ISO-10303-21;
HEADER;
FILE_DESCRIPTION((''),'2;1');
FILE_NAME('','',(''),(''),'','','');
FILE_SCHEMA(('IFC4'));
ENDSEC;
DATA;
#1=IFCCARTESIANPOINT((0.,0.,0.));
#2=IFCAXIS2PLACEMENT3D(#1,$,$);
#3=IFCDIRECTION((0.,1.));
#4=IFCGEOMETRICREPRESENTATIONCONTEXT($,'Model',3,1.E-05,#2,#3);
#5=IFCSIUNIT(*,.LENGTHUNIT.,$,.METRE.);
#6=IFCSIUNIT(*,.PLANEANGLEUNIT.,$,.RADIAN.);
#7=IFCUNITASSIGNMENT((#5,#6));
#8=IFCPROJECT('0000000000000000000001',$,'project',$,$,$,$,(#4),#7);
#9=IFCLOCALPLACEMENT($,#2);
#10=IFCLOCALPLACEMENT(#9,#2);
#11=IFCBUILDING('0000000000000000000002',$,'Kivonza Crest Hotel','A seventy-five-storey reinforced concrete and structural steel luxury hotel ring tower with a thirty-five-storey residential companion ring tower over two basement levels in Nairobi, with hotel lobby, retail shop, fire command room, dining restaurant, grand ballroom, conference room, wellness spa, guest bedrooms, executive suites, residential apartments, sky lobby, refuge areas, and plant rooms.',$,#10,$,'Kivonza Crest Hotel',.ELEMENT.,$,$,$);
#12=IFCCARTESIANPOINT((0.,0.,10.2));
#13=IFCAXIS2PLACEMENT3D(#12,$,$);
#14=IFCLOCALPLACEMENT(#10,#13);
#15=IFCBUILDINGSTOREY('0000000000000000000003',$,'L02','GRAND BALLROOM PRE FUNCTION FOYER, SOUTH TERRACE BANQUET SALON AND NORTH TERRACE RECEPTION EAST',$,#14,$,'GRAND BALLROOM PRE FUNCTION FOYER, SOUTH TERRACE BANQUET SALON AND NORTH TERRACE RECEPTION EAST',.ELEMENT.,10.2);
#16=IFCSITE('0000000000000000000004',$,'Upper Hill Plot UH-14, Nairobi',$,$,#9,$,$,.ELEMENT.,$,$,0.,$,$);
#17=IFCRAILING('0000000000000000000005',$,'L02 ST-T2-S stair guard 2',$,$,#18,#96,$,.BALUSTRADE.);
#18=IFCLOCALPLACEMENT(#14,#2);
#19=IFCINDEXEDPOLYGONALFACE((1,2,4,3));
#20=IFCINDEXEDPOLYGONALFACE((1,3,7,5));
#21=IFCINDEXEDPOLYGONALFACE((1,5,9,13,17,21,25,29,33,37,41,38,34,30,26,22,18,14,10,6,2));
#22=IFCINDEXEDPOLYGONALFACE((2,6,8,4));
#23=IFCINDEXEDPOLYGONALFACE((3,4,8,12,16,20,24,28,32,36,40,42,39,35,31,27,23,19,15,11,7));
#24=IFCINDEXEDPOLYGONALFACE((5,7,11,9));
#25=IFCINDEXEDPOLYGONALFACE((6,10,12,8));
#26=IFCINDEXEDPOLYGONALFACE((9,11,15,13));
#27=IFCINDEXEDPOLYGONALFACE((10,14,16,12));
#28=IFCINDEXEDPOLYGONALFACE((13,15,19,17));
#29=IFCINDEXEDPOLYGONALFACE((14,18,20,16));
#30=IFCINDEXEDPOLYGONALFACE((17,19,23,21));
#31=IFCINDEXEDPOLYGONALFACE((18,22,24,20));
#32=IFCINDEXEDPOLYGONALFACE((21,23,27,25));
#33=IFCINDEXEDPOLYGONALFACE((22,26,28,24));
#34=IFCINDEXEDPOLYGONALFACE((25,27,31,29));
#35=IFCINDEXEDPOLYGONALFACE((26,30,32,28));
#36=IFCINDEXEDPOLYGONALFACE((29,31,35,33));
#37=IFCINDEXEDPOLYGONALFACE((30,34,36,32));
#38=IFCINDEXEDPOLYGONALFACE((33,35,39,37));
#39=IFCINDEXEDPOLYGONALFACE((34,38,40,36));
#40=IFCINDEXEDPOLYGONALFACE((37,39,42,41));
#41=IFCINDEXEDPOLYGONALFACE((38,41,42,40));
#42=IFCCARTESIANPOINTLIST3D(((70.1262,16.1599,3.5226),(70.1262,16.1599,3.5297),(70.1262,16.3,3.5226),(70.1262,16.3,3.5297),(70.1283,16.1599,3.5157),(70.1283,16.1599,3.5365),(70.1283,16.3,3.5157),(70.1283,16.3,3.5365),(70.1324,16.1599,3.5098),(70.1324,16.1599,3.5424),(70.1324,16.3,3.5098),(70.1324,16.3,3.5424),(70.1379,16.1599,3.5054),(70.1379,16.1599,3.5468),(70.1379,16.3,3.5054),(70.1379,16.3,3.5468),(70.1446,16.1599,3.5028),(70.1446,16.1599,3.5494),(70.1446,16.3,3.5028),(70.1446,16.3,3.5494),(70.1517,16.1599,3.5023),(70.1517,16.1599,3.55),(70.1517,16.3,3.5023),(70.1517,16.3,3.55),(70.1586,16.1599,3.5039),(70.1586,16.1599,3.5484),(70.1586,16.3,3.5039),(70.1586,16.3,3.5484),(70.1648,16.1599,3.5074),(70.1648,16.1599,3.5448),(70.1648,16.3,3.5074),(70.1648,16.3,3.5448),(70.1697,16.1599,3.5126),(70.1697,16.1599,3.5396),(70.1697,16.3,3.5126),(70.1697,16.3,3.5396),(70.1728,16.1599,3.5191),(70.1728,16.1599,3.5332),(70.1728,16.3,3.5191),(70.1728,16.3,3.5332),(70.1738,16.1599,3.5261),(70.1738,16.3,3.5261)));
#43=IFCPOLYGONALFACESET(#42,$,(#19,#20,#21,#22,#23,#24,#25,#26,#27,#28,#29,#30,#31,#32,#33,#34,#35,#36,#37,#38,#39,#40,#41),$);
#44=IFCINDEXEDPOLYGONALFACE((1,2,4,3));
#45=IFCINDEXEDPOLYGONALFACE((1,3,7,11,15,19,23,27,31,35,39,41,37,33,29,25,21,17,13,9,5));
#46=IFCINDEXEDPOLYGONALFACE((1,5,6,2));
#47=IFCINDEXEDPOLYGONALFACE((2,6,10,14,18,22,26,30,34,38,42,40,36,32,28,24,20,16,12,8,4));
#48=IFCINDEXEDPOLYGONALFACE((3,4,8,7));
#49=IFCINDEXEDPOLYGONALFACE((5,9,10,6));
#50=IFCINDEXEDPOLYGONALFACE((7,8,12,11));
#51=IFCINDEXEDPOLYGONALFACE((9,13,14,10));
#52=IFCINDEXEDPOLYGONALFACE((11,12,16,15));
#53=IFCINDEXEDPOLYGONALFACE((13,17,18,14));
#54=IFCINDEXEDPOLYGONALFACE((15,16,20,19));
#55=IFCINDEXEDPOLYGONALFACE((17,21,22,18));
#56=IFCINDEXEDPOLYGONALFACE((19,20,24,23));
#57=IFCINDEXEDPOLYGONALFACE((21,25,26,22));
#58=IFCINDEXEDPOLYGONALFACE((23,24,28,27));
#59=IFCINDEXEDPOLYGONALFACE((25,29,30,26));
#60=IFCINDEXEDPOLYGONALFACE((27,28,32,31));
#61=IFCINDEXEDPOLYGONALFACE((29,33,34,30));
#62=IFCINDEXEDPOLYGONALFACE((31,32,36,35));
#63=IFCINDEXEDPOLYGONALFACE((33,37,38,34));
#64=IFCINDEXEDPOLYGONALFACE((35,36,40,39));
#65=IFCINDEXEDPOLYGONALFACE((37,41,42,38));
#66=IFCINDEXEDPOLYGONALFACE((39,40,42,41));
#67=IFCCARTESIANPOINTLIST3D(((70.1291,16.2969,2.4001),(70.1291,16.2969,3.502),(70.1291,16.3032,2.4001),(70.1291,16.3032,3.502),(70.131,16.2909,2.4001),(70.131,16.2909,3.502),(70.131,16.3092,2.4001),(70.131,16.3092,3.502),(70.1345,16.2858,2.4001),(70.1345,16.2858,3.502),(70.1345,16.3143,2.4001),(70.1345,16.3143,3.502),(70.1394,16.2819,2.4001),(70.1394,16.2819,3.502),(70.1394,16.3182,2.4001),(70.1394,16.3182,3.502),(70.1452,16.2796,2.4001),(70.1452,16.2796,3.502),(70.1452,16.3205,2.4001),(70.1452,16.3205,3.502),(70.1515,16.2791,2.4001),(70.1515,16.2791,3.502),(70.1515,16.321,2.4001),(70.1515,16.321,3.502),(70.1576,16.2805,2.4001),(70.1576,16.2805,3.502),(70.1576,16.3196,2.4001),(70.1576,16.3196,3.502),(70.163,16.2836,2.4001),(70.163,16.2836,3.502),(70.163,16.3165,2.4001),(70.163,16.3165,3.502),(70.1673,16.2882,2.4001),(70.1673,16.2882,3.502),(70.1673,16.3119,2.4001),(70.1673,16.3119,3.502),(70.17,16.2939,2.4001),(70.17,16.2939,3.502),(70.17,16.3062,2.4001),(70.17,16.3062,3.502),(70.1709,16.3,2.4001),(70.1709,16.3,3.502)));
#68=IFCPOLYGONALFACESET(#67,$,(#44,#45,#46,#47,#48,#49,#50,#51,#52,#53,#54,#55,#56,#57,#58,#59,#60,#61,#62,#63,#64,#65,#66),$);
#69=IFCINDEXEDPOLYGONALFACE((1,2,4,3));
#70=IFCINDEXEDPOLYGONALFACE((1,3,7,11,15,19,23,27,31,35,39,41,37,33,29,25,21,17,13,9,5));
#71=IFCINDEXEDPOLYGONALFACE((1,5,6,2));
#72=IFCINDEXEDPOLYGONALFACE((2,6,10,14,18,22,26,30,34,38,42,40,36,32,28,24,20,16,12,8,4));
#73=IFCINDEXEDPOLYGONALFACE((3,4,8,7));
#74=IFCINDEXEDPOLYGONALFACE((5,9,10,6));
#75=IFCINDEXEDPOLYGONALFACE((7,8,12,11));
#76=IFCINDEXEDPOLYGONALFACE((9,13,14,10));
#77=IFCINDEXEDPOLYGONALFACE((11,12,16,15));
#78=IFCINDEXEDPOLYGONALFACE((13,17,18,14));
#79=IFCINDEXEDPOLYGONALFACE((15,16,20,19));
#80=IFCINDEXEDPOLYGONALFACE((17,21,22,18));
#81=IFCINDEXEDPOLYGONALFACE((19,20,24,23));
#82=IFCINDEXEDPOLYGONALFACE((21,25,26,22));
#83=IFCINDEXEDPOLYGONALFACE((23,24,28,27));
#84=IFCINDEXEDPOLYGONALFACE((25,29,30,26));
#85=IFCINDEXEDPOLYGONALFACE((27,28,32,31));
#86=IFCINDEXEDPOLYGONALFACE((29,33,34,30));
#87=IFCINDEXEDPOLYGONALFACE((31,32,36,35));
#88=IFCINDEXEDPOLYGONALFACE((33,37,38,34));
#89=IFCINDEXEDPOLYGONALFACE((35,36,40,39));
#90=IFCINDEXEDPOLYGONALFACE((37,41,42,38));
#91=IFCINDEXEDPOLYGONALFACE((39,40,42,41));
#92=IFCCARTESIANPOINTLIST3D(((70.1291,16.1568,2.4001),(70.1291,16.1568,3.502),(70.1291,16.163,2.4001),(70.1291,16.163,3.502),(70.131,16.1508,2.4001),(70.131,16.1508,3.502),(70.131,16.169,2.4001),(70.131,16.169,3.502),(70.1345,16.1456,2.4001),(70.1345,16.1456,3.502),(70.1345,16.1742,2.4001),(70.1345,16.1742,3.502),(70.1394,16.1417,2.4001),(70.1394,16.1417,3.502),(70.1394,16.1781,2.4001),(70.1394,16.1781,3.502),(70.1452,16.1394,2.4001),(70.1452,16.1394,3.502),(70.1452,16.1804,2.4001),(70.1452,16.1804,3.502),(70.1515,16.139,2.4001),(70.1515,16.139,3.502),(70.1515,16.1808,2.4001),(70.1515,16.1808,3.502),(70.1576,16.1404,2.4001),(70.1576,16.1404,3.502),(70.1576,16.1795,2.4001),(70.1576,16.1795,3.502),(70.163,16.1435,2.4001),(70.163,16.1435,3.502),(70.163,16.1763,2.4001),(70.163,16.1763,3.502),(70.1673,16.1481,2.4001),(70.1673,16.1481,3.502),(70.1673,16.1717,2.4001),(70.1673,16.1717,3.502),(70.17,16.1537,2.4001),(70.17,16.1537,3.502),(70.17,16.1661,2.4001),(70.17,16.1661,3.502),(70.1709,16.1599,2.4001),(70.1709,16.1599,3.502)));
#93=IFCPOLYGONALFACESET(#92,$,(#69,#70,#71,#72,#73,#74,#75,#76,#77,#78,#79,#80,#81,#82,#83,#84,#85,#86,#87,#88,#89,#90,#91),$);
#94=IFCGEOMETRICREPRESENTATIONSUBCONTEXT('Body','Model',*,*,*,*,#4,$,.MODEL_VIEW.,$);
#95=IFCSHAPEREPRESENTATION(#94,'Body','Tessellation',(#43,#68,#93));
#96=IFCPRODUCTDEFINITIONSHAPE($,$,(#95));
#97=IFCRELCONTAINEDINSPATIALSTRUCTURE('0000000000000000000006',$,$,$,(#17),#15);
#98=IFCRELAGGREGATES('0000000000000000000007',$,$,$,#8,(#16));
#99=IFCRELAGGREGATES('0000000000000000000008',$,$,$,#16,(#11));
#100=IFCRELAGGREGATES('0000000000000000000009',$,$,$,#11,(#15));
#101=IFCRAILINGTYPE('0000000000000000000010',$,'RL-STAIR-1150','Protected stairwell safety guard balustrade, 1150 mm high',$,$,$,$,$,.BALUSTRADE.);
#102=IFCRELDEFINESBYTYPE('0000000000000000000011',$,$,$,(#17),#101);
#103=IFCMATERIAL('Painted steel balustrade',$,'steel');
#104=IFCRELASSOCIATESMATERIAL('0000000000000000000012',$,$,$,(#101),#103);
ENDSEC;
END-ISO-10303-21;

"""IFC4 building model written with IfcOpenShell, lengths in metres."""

from ifc_helpers import new_model, si_unit, direction, frame, origin, origin_2d, place, context, subcontext, project, spatial, circle, extrude, material, type_object, element, save


model = new_model("IFC4")

# Units and contexts
model_context = context("Model", 3, precision=1e-05, world=origin(), true_north=direction((0.0, 1.0)))
body_context = subcontext(model_context, "Body", "Model", "MODEL_VIEW")
ifc_project = project(units=[si_unit("LENGTHUNIT", "METRE"), si_unit("PLANEANGLEUNIT", "RADIAN")], contexts=[model_context])

# Site, building, storey
site_placement = place(None, origin())
site = spatial("IfcSite", under=ifc_project, at=site_placement, Name="Upper Hill Plot UH-14, Nairobi", CompositionType="ELEMENT", RefElevation=0.0)
building_placement = place(site_placement, origin())
building = spatial("IfcBuilding", under=site, at=building_placement, Name="Kivonza Crest Hotel", Description="A seventy-five-storey reinforced concrete and structural steel luxury hotel ring tower with a thirty-five-storey residential companion ring tower over two basement levels in Nairobi, with hotel lobby, retail shop, fire command room, dining restaurant, grand ballroom, conference room, wellness spa, guest bedrooms, executive suites, residential apartments, sky lobby, refuge areas, and plant rooms.", LongName="Kivonza Crest Hotel", CompositionType="ELEMENT")
storey_placement = place(building_placement, frame((0.0, 0.0, 10.2)))
storey = spatial("IfcBuildingStorey", under=building, at=storey_placement, Name="L02", Description="GRAND BALLROOM PRE FUNCTION FOYER, SOUTH TERRACE BANQUET SALON AND NORTH TERRACE RECEPTION EAST", LongName="GRAND BALLROOM PRE FUNCTION FOYER, SOUTH TERRACE BANQUET SALON AND NORTH TERRACE RECEPTION EAST", CompositionType="ELEMENT", Elevation=10.2)

# Railing
ifc_material_1 = material(Name="Painted steel balustrade", Category="steel")
railing_type_1 = type_object("IfcRailingType", Name="RL-STAIR-1150", Description="Protected stairwell safety guard balustrade, 1150 mm high", PredefinedType="BALUSTRADE", material=ifc_material_1)
railing_1_placement = place(storey_placement, frame((70.1499, 16.3, 2.4001)))
element("IfcRailing", 1, at=railing_1_placement, inside=storey, type_object=railing_type_1, Name="L02 ST-T2-S stair guard 2", PredefinedType="BALUSTRADE", context=body_context, shape_type="SweptSolid", body=[
    extrude(circle(Radius=0.0239, at=origin_2d()), frame((0.0, 0.0, 1.126), z_axis=(0.0, -1.0, 0.0), x_axis=(1.0, 0.0, 0.0)), (0.0, 0.0, 1.0), 0.1401),
    extrude(circle(Radius=0.021, at=origin_2d()), origin(), (0.0, 0.0, 1.0), 1.1018),
    extrude(circle(Radius=0.021, at=origin_2d()), frame((0.0, -0.1401, 0.0)), (0.0, 0.0, 1.0), 1.1018),
])

save(model, "model.ifc")
